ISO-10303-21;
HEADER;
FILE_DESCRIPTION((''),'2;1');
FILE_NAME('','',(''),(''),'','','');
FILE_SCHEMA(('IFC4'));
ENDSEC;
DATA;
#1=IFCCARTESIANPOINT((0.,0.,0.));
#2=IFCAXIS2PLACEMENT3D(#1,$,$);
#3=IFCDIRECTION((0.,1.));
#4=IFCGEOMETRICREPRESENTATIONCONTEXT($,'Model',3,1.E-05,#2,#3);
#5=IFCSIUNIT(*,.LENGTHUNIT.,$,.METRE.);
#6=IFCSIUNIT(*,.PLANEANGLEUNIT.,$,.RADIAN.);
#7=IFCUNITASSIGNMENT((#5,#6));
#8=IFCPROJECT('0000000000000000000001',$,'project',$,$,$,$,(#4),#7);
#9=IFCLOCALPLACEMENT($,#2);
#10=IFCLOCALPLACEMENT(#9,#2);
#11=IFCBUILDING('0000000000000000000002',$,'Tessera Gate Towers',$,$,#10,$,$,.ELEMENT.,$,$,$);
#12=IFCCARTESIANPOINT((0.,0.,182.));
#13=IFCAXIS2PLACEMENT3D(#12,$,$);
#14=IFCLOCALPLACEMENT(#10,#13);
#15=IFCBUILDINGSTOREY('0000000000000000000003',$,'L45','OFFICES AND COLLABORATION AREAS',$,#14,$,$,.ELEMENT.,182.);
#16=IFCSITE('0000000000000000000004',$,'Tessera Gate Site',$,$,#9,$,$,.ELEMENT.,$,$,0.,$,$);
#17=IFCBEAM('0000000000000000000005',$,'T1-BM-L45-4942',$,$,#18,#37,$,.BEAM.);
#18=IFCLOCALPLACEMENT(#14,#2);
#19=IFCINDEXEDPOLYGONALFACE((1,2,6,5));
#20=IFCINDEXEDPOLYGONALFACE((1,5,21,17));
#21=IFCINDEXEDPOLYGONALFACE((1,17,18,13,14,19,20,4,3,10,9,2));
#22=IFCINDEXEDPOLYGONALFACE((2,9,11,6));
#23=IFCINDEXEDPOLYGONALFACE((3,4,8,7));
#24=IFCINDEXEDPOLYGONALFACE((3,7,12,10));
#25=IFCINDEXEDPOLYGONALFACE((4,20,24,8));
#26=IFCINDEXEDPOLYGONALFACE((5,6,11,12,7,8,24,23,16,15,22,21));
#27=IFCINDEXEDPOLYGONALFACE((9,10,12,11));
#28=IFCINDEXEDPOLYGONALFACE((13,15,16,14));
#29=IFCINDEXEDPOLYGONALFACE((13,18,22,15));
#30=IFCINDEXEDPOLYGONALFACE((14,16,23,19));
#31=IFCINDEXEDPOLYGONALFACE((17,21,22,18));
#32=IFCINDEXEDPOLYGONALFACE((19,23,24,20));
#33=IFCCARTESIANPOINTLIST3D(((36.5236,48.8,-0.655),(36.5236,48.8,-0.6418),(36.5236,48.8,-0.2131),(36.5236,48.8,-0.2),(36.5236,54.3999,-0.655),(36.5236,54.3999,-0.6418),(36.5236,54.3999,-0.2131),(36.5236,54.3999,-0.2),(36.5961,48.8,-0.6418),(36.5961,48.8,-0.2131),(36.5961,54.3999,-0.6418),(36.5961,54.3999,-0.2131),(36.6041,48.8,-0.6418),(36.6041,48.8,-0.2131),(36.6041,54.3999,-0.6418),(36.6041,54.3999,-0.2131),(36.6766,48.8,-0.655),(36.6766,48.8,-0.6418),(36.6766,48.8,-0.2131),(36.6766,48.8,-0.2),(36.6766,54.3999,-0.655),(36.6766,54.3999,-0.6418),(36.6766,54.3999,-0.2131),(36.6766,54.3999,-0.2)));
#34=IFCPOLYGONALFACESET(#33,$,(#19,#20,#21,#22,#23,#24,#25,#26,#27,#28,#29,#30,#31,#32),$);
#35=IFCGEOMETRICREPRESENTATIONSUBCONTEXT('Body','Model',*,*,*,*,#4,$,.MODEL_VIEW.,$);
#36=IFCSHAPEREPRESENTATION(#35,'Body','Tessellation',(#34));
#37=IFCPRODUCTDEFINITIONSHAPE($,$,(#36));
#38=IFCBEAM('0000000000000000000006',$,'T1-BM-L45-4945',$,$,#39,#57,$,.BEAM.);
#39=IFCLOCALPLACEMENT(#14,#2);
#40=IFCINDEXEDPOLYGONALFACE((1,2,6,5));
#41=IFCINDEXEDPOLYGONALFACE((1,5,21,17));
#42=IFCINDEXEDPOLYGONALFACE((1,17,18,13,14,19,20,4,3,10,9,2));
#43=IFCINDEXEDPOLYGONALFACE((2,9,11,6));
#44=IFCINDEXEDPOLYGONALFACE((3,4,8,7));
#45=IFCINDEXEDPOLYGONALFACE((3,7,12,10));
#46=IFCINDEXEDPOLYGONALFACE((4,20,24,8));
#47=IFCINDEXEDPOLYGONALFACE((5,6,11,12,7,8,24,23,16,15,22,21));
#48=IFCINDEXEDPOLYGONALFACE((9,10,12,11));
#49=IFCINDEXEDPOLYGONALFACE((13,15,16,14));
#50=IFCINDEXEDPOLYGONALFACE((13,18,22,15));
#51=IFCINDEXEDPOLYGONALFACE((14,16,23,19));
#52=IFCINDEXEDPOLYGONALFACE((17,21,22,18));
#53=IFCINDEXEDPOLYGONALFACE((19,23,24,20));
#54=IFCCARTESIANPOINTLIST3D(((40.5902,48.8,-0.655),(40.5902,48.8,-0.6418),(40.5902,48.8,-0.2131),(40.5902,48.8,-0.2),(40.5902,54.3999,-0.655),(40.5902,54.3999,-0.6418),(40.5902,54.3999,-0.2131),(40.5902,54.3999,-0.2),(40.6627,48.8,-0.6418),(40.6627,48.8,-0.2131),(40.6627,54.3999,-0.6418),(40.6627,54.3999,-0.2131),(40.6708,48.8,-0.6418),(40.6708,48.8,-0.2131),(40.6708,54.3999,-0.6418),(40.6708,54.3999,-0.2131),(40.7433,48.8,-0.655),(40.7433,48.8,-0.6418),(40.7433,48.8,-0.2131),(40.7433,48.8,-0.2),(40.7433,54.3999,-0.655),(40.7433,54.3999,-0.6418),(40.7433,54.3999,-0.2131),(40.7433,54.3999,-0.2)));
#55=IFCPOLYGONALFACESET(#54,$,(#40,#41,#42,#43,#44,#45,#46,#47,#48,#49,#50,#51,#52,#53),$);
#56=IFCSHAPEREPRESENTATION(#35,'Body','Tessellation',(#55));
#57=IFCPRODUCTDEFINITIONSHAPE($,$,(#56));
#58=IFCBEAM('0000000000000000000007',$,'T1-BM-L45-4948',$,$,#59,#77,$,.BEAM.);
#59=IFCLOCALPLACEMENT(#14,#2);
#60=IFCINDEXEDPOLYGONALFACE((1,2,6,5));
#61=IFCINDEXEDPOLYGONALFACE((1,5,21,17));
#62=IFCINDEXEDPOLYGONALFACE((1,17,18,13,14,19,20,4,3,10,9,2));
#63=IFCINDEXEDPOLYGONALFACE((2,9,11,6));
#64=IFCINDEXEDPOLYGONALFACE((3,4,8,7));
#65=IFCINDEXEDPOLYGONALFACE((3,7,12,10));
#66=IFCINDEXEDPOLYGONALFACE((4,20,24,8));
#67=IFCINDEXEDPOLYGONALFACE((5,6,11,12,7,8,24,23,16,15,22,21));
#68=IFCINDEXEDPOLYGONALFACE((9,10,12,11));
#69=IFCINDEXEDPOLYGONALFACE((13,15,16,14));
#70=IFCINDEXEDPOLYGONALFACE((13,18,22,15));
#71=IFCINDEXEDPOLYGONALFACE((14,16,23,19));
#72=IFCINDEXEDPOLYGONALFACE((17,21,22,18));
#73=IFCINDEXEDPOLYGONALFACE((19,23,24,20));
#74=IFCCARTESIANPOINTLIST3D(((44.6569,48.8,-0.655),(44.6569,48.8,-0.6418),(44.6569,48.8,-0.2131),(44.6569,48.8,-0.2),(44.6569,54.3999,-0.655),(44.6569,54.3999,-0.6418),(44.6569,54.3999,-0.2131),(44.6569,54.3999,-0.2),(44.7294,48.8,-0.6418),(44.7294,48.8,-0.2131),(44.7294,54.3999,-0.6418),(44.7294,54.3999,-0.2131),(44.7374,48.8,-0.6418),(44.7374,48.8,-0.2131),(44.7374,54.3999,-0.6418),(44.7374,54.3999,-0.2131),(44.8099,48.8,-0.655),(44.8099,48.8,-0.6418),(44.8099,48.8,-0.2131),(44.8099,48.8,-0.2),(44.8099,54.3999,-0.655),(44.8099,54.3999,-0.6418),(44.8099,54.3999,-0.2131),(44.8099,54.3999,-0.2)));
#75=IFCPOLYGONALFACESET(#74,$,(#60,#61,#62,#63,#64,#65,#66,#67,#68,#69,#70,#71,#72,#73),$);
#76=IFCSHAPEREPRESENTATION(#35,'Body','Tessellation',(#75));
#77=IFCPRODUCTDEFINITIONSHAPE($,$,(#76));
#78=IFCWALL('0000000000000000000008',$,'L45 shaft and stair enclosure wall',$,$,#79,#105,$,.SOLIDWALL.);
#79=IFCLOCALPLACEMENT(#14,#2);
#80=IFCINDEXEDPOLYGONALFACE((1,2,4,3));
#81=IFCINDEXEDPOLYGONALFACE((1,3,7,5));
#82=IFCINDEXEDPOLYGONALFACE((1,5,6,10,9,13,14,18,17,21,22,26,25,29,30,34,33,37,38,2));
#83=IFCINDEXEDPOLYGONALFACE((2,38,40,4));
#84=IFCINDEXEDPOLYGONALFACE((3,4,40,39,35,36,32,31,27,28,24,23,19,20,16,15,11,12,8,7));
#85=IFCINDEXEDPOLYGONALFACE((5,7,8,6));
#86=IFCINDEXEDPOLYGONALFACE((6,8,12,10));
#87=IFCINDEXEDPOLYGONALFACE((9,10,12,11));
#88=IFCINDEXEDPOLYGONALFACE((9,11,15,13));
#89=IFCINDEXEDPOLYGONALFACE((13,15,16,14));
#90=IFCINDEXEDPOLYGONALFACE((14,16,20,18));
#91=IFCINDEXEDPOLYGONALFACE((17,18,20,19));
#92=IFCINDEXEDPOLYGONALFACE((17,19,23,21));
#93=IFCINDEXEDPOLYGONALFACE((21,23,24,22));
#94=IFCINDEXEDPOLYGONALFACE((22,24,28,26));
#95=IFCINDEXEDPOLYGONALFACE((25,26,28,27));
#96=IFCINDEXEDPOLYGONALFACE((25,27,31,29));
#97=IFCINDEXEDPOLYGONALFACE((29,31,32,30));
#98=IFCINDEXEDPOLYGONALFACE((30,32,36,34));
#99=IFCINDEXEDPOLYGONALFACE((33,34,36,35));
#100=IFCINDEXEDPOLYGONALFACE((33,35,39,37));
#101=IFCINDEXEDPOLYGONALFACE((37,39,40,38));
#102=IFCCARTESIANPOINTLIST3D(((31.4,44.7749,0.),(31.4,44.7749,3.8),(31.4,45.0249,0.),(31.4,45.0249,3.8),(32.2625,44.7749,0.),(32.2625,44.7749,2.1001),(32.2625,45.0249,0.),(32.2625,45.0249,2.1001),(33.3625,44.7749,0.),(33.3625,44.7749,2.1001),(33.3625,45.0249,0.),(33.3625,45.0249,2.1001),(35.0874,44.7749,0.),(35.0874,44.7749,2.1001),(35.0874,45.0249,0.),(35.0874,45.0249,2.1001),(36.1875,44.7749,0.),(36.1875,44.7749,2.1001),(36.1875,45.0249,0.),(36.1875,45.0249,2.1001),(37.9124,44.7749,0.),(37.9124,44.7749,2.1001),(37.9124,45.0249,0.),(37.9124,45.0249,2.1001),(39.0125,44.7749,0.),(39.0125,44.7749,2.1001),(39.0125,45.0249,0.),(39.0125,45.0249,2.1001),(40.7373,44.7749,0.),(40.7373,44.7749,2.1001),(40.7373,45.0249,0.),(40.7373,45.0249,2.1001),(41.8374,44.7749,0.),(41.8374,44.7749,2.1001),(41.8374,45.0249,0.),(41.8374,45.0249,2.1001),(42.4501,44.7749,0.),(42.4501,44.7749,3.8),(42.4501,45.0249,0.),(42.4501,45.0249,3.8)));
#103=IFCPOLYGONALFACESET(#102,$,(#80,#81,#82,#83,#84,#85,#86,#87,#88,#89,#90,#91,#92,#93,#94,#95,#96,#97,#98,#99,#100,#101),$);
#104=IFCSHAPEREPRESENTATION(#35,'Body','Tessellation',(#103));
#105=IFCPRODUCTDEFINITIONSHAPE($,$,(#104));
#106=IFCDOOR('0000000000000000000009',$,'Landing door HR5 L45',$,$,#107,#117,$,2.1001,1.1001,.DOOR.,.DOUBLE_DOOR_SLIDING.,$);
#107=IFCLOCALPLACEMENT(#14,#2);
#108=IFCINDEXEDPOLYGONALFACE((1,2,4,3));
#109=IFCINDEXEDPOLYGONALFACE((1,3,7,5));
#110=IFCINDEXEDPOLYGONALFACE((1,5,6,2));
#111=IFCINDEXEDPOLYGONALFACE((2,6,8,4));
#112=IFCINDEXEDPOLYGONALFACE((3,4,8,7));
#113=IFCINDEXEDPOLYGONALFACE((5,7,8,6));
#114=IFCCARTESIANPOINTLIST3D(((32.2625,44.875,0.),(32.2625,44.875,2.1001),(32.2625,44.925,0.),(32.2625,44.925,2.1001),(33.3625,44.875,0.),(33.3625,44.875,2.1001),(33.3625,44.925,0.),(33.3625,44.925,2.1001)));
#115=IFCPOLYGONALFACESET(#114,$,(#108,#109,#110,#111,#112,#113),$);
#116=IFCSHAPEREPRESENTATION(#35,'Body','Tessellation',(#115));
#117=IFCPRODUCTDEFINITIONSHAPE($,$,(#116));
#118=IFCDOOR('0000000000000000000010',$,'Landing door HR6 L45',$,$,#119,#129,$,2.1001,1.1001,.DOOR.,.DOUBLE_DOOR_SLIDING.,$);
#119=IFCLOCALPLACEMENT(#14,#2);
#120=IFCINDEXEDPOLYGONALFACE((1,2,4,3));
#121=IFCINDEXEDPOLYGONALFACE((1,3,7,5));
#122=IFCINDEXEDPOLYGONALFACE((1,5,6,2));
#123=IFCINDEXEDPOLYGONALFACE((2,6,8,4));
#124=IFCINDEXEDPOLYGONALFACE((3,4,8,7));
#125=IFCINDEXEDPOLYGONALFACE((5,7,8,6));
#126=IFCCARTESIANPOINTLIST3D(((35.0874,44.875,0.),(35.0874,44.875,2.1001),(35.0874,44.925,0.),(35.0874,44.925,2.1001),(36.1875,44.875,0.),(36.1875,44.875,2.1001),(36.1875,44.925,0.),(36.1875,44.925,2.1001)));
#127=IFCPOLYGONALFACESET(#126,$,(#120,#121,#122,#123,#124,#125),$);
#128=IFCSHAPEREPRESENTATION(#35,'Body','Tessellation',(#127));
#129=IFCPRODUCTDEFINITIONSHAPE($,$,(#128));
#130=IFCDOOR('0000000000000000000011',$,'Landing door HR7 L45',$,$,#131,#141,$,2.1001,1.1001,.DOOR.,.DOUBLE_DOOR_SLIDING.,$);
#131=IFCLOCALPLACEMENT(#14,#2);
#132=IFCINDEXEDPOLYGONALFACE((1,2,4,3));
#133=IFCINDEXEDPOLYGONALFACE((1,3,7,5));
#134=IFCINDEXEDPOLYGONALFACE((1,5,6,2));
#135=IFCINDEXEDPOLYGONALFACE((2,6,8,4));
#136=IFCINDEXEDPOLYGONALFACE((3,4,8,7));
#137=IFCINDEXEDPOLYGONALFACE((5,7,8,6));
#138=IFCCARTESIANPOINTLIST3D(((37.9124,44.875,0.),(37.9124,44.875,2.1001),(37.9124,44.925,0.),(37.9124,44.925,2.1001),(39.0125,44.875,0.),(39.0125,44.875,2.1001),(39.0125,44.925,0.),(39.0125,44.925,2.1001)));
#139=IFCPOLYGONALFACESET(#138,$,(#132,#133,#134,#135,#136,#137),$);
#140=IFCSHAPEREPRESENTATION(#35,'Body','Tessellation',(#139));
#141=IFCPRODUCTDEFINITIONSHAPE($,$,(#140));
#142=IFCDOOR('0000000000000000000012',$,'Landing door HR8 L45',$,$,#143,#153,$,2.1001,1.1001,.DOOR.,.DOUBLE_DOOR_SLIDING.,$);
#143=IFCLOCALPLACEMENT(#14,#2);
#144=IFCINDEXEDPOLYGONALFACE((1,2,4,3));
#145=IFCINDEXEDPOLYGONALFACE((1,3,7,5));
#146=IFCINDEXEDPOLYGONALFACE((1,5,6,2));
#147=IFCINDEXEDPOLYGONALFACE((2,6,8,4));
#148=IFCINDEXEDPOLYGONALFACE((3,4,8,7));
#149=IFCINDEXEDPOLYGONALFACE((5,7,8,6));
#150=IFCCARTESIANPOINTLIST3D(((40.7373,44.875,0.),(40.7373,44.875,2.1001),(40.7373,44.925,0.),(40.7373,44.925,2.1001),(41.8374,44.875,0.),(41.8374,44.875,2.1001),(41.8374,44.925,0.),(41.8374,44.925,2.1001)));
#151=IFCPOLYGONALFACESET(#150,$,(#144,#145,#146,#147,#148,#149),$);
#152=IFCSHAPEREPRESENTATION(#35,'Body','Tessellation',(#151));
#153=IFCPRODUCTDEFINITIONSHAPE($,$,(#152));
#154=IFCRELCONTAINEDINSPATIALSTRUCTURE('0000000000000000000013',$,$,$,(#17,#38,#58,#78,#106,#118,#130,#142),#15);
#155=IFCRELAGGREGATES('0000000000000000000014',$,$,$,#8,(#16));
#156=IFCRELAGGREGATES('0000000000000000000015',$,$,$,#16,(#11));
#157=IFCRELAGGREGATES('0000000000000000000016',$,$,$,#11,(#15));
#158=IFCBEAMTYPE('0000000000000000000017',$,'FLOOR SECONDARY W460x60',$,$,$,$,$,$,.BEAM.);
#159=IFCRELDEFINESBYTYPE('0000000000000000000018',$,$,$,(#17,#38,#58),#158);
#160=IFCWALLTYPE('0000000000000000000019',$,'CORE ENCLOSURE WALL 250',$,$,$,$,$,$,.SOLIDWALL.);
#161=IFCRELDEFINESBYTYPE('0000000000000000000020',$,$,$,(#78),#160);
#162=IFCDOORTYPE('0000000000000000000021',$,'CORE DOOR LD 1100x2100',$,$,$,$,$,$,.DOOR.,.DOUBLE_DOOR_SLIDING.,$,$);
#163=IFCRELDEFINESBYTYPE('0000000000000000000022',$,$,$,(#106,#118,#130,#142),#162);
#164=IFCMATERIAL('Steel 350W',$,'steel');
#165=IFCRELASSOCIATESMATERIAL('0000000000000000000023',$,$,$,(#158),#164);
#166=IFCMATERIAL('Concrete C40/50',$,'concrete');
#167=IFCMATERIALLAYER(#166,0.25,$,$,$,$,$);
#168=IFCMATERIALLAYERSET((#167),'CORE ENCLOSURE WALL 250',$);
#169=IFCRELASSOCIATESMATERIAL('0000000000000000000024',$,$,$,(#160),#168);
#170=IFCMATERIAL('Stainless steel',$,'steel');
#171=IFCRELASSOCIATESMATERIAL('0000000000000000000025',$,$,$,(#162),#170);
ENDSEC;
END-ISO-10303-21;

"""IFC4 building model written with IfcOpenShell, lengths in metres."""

from ifc_helpers import new_model, si_unit, direction, frame, frame_2d, origin, origin_2d, place, context, subcontext, project, spatial, rectangle, i_section, extrude, source, transform, mapped, material, layer, layer_set, material_profile, profile_set, type_object, element, fill, save


model = new_model("IFC4")

# Units and contexts
model_context = context("Model", 3, precision=1e-05, world=origin(), true_north=direction((0.0, 1.0)))
body_context = subcontext(model_context, "Body", "Model", "MODEL_VIEW")
ifc_project = project(units=[si_unit("LENGTHUNIT", "METRE"), si_unit("PLANEANGLEUNIT", "RADIAN")], contexts=[model_context])

# Site, building, storey
site_placement = place(None, origin())
site = spatial("IfcSite", under=ifc_project, at=site_placement, Name="Tessera Gate Site", CompositionType="ELEMENT", RefElevation=0.0)
building_placement = place(site_placement, origin())
building = spatial("IfcBuilding", under=site, at=building_placement, Name="Tessera Gate Towers", CompositionType="ELEMENT")
storey_placement = place(building_placement, frame((0.0, 0.0, 182.0)))
storey = spatial("IfcBuildingStorey", under=building, at=storey_placement, Name="L45", Description="OFFICES AND COLLABORATION AREAS", CompositionType="ELEMENT", Elevation=182.0)

# Beams
ifc_material_1 = material(Name="Steel 350W", Category="steel")
ifc_material_profile = material_profile(ifc_material_1, i_section(OverallWidth=0.1531, OverallDepth=0.4551, WebThickness=0.0081, FlangeThickness=0.0132, at=origin_2d()), Name="W460x60")
ifc_profile_set = profile_set([ifc_material_profile], Name="Steel 350W")
beam_type = type_object("IfcBeamType", Name="FLOOR SECONDARY W460x60", PredefinedType="BEAM", material=ifc_profile_set)
for number, where, z_axis, x_axis, name in (
    (1, (36.6001, 48.8, -0.4275), (0.0, 1.0, 0.0), (-1.0, 0.0, 0.0), "T1-BM-L45-4942"),
    (2, (40.6667, 48.8, -0.4275), (0.0, 1.0, 0.0), (-1.0, 0.0, 0.0), "T1-BM-L45-4945"),
    (3, (44.7334, 48.8, -0.4275), (0.0, 1.0, 0.0), (-1.0, 0.0, 0.0), "T1-BM-L45-4948"),
):
    element("IfcBeam", number, at=place(storey_placement, frame(where, z_axis=z_axis, x_axis=x_axis)), inside=storey, type_object=beam_type, Name=name, PredefinedType="BEAM", context=body_context, shape_type="SweptSolid", body=[
        extrude(i_section(OverallWidth=0.1531, OverallDepth=0.4551, WebThickness=0.0081, FlangeThickness=0.0132, at=origin_2d()), origin(), (0.0, 0.0, 1.0), 5.5999),
    ])

# Wall, openings, doors
ifc_material_2 = material(Name="Concrete C40/50", Category="concrete")
ifc_layer_1 = layer(ifc_material_2, 0.25)
ifc_layer_set_1 = layer_set([ifc_layer_1], Name="CORE ENCLOSURE WALL 250")
wall_type_1 = type_object("IfcWallType", Name="CORE ENCLOSURE WALL 250", PredefinedType="SOLIDWALL", material=ifc_layer_set_1)
wall_1_placement = place(storey_placement, frame((42.45, 44.8999, 0.0), z_axis=(0.0, 0.0, 1.0), x_axis=(-1.0, 0.0, 0.0)))
wall_1 = element("IfcWall", 4, at=wall_1_placement, inside=storey, type_object=wall_type_1, Name="L45 shaft and stair enclosure wall", PredefinedType="SOLIDWALL", context=body_context, shape_type="SweptSolid", body=[
    extrude(rectangle(XDim=11.05, YDim=0.25, at=frame_2d((5.5249, 0.0))), origin(), (0.0, 0.0, 1.0), 3.8),
])
shared_shape_1 = source(origin(), body_context, "Body", "SweptSolid", [
    extrude(rectangle(XDim=1.1001, YDim=2.1001, at=frame_2d((0.55, 1.05))), frame((0.0, 0.135, 0.0), z_axis=(0.0, -1.0, 0.0), x_axis=(1.0, 0.0, 0.0)), (0.0, 0.0, 1.0), 0.27),
])
opening_1_placement = place(wall_1_placement, frame((9.0874, 0.0, 0.0)))
opening_1 = element("IfcOpeningElement", 5, at=opening_1_placement, cuts=wall_1, PredefinedType="OPENING", context=body_context, shape_type="MappedRepresentation", body=[
    mapped(shared_shape_1, transform((0.0, 0.0, 0.0), scale=1.0)),
])
opening_2_placement = place(wall_1_placement, frame((6.2625, 0.0, 0.0)))
opening_2 = element("IfcOpeningElement", 6, at=opening_2_placement, cuts=wall_1, PredefinedType="OPENING", context=body_context, shape_type="MappedRepresentation", body=[
    mapped(shared_shape_1, transform((0.0, 0.0, 0.0), scale=1.0)),
])
opening_3_placement = place(wall_1_placement, frame((3.4375, 0.0, 0.0)))
opening_3 = element("IfcOpeningElement", 7, at=opening_3_placement, cuts=wall_1, PredefinedType="OPENING", context=body_context, shape_type="MappedRepresentation", body=[
    mapped(shared_shape_1, transform((0.0, 0.0, 0.0), scale=1.0)),
])
opening_4_placement = place(wall_1_placement, frame((0.6125, 0.0, 0.0)))
opening_4 = element("IfcOpeningElement", 8, at=opening_4_placement, cuts=wall_1, PredefinedType="OPENING", context=body_context, shape_type="MappedRepresentation", body=[
    mapped(shared_shape_1, transform((0.0, 0.0, 0.0), scale=1.0)),
])
ifc_material_3 = material(Name="Stainless steel", Category="steel")
door_type_1 = type_object("IfcDoorType", Name="CORE DOOR LD 1100x2100", OperationType="DOUBLE_DOOR_SLIDING", PredefinedType="DOOR", material=ifc_material_3)
shared_shape_2 = source(origin(), body_context, "Body", "SweptSolid", [
    extrude(rectangle(XDim=1.1001, YDim=2.1001, at=frame_2d((0.55, 1.05))), frame((0.0, 0.0249, 0.0), z_axis=(0.0, -1.0, 0.0), x_axis=(1.0, 0.0, 0.0)), (0.0, 0.0, 1.0), 0.05),
])
door_1_placement = place(opening_1_placement, origin())
door_1 = element("IfcDoor", 9, at=door_1_placement, inside=storey, type_object=door_type_1, Name="Landing door HR5 L45", OperationType="DOUBLE_DOOR_SLIDING", OverallHeight=2.1001, OverallWidth=1.1001, PredefinedType="DOOR", context=body_context, shape_type="MappedRepresentation", body=[
    mapped(shared_shape_2, transform((0.0, 0.0, 0.0), scale=1.0)),
])
fill(opening_1, door_1)
door_2_placement = place(opening_2_placement, origin())
door_2 = element("IfcDoor", 10, at=door_2_placement, inside=storey, type_object=door_type_1, Name="Landing door HR6 L45", OperationType="DOUBLE_DOOR_SLIDING", OverallHeight=2.1001, OverallWidth=1.1001, PredefinedType="DOOR", context=body_context, shape_type="MappedRepresentation", body=[
    mapped(shared_shape_2, transform((0.0, 0.0, 0.0), scale=1.0)),
])
fill(opening_2, door_2)
door_3_placement = place(opening_3_placement, origin())
door_3 = element("IfcDoor", 11, at=door_3_placement, inside=storey, type_object=door_type_1, Name="Landing door HR7 L45", OperationType="DOUBLE_DOOR_SLIDING", OverallHeight=2.1001, OverallWidth=1.1001, PredefinedType="DOOR", context=body_context, shape_type="MappedRepresentation", body=[
    mapped(shared_shape_2, transform((0.0, 0.0, 0.0), scale=1.0)),
])
fill(opening_3, door_3)
door_4_placement = place(opening_4_placement, origin())
door_4 = element("IfcDoor", 12, at=door_4_placement, inside=storey, type_object=door_type_1, Name="Landing door HR8 L45", OperationType="DOUBLE_DOOR_SLIDING", OverallHeight=2.1001, OverallWidth=1.1001, PredefinedType="DOOR", context=body_context, shape_type="MappedRepresentation", body=[
    mapped(shared_shape_2, transform((0.0, 0.0, 0.0), scale=1.0)),
])
fill(opening_4, door_4)

save(model, "model.ifc")
